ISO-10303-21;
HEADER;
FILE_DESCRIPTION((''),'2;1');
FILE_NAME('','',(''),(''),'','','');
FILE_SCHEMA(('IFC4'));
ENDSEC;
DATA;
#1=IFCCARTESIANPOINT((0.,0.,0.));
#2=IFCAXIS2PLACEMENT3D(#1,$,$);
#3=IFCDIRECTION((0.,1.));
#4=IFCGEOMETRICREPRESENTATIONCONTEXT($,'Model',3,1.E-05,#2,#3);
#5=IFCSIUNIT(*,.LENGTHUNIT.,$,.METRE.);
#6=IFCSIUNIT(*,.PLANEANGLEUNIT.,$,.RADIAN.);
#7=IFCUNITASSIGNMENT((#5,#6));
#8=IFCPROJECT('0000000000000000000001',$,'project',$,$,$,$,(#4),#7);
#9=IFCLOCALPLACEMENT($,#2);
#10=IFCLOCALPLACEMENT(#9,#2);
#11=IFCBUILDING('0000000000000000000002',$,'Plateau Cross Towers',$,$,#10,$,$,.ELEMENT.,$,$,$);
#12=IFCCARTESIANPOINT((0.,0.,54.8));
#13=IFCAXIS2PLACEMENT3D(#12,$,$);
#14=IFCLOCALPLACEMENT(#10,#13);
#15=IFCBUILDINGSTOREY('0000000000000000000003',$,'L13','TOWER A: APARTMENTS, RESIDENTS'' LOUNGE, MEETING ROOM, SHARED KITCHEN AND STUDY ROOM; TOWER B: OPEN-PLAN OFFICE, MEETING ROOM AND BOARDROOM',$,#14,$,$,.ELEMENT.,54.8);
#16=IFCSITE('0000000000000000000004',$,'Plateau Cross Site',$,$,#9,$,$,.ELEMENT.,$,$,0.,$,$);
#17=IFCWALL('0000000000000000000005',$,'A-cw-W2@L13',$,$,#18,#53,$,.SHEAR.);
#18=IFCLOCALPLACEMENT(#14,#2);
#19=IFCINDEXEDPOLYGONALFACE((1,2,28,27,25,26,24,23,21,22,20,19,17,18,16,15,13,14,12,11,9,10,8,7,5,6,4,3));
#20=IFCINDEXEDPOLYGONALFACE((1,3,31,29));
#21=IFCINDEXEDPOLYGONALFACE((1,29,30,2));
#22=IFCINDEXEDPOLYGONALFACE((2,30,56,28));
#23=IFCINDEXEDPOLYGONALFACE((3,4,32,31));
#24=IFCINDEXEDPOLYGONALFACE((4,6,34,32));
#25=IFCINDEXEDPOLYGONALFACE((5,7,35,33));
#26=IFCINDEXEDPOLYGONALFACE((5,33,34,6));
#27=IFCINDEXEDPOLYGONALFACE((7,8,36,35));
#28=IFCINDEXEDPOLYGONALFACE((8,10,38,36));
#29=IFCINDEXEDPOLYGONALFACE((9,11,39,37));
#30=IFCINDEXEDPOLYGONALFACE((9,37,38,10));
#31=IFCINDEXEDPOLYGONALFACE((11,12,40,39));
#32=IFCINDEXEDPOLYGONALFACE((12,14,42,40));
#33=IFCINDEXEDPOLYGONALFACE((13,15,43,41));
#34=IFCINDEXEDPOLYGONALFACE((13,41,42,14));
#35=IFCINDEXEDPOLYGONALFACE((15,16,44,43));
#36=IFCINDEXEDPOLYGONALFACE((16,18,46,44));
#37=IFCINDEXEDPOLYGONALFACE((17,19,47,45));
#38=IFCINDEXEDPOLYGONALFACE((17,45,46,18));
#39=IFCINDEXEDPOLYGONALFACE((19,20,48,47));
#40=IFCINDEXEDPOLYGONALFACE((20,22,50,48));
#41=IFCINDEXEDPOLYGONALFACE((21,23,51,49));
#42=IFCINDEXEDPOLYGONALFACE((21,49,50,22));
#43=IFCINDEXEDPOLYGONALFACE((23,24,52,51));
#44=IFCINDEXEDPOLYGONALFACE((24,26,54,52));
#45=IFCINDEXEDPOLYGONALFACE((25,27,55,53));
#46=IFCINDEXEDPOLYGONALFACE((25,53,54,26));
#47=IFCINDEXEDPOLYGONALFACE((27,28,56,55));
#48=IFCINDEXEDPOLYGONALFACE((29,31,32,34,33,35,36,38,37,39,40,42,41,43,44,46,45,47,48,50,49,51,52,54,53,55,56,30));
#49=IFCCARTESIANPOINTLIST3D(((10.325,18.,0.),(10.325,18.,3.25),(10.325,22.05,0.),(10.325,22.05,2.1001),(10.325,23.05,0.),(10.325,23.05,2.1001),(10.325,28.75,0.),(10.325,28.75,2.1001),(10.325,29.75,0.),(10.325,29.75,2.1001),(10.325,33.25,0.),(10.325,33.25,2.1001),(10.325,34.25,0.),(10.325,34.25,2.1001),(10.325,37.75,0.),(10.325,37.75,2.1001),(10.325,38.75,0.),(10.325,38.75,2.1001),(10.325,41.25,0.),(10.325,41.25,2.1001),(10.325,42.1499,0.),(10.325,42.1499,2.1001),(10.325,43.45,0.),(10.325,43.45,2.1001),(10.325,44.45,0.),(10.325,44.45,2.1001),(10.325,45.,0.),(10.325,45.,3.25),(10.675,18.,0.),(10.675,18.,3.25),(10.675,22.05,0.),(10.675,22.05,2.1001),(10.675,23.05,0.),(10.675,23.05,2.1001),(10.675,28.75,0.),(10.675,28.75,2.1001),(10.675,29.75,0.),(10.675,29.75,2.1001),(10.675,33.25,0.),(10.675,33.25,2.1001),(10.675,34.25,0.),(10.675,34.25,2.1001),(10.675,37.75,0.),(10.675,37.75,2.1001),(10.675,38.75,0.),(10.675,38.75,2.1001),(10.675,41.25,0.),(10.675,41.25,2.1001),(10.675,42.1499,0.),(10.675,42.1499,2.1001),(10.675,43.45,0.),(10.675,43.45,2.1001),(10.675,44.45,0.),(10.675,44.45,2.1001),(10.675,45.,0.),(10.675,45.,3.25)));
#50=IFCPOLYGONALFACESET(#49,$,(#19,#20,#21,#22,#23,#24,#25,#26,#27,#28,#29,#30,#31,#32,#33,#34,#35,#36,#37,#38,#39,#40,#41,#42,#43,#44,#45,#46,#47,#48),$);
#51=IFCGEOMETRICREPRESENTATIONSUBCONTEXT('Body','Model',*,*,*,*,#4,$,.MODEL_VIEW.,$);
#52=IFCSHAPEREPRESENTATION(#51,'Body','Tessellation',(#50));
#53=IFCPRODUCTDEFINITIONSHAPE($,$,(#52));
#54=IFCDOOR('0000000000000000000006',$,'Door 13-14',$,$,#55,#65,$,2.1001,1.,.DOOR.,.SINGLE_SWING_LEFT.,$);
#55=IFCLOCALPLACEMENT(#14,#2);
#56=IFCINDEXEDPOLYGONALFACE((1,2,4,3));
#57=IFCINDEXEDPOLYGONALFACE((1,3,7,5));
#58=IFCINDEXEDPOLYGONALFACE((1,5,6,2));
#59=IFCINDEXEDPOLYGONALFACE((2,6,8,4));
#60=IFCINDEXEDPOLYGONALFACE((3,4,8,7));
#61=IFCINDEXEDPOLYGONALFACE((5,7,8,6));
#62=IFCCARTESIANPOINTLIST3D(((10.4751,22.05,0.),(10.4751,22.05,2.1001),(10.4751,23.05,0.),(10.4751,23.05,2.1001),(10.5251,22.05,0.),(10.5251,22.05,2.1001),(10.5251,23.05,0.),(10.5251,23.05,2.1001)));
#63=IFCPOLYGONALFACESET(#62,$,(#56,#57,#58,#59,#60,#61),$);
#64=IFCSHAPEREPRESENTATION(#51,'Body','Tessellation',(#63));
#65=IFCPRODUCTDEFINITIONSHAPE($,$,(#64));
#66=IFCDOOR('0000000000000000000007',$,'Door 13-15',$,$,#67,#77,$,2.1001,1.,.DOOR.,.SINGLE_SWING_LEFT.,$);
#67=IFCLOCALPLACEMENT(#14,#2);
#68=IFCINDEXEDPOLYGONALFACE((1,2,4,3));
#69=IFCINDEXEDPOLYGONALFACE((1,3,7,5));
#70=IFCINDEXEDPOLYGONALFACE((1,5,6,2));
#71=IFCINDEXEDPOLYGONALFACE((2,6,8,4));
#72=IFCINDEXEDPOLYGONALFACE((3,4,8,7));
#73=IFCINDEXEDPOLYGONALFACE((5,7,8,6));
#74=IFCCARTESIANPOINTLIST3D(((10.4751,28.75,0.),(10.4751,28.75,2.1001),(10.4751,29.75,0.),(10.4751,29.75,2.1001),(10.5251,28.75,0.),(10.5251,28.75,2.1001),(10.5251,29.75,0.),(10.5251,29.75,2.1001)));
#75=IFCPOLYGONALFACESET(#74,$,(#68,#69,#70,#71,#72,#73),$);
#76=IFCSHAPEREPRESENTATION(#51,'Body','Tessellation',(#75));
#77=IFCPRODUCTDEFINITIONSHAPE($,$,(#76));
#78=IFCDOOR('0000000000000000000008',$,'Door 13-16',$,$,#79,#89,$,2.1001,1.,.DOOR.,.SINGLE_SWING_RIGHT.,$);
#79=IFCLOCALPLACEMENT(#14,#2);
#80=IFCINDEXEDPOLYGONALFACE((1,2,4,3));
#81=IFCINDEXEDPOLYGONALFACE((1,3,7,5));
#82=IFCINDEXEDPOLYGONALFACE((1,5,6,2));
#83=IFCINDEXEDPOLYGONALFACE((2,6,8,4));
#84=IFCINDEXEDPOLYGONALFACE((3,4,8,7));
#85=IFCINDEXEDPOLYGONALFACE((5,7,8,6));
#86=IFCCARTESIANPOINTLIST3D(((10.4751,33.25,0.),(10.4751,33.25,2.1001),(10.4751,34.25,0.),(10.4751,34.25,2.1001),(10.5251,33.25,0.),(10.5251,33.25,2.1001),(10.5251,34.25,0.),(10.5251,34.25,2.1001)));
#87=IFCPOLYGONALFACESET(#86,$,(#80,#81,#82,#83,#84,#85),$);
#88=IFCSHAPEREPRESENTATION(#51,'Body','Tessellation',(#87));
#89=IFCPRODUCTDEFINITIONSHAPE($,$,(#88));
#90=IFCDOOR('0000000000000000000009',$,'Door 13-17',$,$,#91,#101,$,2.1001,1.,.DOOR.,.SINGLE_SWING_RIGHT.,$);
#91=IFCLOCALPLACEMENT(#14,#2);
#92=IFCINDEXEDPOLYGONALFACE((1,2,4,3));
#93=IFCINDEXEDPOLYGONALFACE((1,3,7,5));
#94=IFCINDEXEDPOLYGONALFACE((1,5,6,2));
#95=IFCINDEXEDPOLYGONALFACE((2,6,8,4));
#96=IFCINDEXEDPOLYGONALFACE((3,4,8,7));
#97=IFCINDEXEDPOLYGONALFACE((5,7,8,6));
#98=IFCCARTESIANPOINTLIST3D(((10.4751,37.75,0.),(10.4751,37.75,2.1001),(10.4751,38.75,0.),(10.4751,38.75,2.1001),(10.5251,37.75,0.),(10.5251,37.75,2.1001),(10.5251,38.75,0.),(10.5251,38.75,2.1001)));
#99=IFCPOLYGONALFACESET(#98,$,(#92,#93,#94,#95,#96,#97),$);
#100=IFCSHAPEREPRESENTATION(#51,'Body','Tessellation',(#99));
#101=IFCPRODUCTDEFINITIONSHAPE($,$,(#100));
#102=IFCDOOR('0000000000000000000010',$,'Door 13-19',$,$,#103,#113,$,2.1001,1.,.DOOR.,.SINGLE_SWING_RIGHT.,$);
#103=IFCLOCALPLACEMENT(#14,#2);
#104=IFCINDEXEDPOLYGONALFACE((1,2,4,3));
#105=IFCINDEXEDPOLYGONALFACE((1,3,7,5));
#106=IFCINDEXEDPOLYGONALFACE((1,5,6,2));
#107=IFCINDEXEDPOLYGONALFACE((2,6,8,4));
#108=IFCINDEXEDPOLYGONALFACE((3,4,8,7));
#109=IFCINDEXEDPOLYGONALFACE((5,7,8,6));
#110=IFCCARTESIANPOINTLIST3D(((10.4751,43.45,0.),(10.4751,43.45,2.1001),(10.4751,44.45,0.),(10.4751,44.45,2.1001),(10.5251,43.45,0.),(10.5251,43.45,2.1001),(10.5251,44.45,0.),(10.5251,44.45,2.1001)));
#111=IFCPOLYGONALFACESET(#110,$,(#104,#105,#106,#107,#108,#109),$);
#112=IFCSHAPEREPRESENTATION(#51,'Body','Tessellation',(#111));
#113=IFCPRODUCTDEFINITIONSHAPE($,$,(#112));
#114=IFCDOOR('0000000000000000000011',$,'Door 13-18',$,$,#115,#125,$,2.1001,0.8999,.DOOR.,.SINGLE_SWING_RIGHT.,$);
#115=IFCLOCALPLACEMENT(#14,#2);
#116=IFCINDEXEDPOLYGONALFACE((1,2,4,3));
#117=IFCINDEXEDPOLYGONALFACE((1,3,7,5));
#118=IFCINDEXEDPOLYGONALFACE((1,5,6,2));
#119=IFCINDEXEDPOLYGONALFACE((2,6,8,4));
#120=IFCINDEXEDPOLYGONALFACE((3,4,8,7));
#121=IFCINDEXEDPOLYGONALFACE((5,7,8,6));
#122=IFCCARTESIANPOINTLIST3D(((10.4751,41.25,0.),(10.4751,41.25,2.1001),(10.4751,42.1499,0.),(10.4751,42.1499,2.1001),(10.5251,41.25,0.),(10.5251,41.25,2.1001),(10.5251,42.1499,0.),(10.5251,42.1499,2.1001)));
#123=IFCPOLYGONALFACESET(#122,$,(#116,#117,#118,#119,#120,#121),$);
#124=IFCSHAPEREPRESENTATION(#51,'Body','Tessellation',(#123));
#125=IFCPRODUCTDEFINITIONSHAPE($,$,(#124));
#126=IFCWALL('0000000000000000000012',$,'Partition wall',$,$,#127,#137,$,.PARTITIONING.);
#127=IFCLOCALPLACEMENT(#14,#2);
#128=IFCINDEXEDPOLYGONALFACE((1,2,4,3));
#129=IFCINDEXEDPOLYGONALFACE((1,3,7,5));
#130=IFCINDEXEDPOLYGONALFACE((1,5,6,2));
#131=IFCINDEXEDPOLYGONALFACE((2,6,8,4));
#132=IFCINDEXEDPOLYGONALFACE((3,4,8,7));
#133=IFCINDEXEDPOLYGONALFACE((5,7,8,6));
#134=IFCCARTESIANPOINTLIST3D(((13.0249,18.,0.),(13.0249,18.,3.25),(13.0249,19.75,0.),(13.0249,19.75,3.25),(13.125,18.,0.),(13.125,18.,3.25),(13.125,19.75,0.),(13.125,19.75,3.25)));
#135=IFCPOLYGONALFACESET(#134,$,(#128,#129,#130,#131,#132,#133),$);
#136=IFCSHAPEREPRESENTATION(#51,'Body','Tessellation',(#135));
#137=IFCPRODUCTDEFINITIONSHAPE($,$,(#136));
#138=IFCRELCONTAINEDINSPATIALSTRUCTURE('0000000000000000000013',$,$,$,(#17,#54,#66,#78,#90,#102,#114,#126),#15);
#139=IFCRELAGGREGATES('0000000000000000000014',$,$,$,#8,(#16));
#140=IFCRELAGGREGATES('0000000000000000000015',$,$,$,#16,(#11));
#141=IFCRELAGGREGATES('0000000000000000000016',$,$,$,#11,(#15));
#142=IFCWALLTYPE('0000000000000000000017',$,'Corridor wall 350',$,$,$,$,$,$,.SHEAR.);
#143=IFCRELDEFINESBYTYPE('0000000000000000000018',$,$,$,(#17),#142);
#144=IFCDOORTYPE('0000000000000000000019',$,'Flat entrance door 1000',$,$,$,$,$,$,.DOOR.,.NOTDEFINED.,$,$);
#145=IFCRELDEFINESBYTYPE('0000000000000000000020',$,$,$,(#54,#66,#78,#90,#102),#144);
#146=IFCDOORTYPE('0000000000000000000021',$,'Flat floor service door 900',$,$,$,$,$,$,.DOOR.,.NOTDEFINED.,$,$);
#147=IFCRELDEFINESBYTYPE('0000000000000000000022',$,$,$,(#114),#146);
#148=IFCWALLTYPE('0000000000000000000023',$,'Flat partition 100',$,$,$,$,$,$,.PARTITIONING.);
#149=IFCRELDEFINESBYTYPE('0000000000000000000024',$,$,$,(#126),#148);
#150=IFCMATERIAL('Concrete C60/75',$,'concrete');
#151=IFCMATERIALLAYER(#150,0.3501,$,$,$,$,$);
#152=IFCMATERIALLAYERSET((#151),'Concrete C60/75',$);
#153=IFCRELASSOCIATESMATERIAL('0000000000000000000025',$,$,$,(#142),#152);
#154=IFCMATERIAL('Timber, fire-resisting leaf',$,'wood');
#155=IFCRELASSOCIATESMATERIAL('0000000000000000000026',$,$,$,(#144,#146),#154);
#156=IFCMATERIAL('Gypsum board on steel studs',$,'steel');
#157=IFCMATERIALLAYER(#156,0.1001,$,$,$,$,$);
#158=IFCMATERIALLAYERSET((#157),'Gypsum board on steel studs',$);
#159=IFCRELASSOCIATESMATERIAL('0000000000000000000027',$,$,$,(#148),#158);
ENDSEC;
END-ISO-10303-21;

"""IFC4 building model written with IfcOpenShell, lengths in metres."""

from ifc_helpers import new_model, si_unit, direction, frame, frame_2d, origin, place, context, subcontext, project, spatial, rectangle, extrude, material, layer, layer_set, type_object, element, fill, save


model = new_model("IFC4")

# Units and contexts
model_context = context("Model", 3, precision=1e-05, world=origin(), true_north=direction((0.0, 1.0)))
body_context = subcontext(model_context, "Body", "Model", "MODEL_VIEW")
ifc_project = project(units=[si_unit("LENGTHUNIT", "METRE"), si_unit("PLANEANGLEUNIT", "RADIAN")], contexts=[model_context])

# Site, building, storey
site_placement = place(None, origin())
site = spatial("IfcSite", under=ifc_project, at=site_placement, Name="Plateau Cross Site", CompositionType="ELEMENT", RefElevation=0.0)
building_placement = place(site_placement, origin())
building = spatial("IfcBuilding", under=site, at=building_placement, Name="Plateau Cross Towers", CompositionType="ELEMENT")
storey_placement = place(building_placement, frame((0.0, 0.0, 54.8)))
storey = spatial("IfcBuildingStorey", under=building, at=storey_placement, Name="L13", Description="TOWER A: APARTMENTS, RESIDENTS' LOUNGE, MEETING ROOM, SHARED KITCHEN AND STUDY ROOM; TOWER B: OPEN-PLAN OFFICE, MEETING ROOM AND BOARDROOM", CompositionType="ELEMENT", Elevation=54.8)

# Shared definitions
ifc_material_1 = material(Name="Concrete C60/75", Category="concrete")

# Wall, openings, doors
ifc_layer_1 = layer(ifc_material_1, 0.3501)
ifc_layer_set_1 = layer_set([ifc_layer_1], Name="Concrete C60/75")
wall_type_1 = type_object("IfcWallType", Name="Corridor wall 350", PredefinedType="SHEAR", material=ifc_layer_set_1)
ifc_material_2 = material(Name="Timber, fire-resisting leaf", Category="wood")
door_type_1 = type_object("IfcDoorType", Name="Flat entrance door 1000", OperationType="NOTDEFINED", PredefinedType="DOOR", material=ifc_material_2)
wall_1_placement = place(storey_placement, frame((10.5, 18.0, 0.0), z_axis=(0.0, 0.0, 1.0), x_axis=(0.0, 1.0, 0.0)))
wall_1 = element("IfcWall", 1, at=wall_1_placement, inside=storey, type_object=wall_type_1, Name="A-cw-W2@L13", PredefinedType="SHEAR", context=body_context, shape_type="SweptSolid", body=[
    extrude(rectangle(XDim=27.0, YDim=0.3501, at=frame_2d((13.5, 0.0))), origin(), (0.0, 0.0, 1.0), 3.25),
])
opening_1_placement = place(wall_1_placement, frame((4.05, 0.0, 0.0)))
opening_1 = element("IfcOpeningElement", 2, at=opening_1_placement, cuts=wall_1, PredefinedType="OPENING", context=body_context, shape_type="SweptSolid", body=[
    extrude(rectangle(XDim=1.0, YDim=2.1001, at=frame_2d((0.5, 1.05))), frame((0.0, 0.1851, 0.0), z_axis=(0.0, -1.0, 0.0), x_axis=(1.0, 0.0, 0.0)), (0.0, 0.0, 1.0), 0.3701),
])
opening_2_placement = place(wall_1_placement, frame((10.75, 0.0, 0.0)))
opening_2 = element("IfcOpeningElement", 3, at=opening_2_placement, cuts=wall_1, PredefinedType="OPENING", context=body_context, shape_type="SweptSolid", body=[
    extrude(rectangle(XDim=1.0, YDim=2.1001, at=frame_2d((0.5, 1.05))), frame((0.0, 0.1851, 0.0), z_axis=(0.0, -1.0, 0.0), x_axis=(1.0, 0.0, 0.0)), (0.0, 0.0, 1.0), 0.3701),
])
opening_3_placement = place(wall_1_placement, frame((15.25, 0.0, 0.0)))
opening_3 = element("IfcOpeningElement", 4, at=opening_3_placement, cuts=wall_1, PredefinedType="OPENING", context=body_context, shape_type="SweptSolid", body=[
    extrude(rectangle(XDim=1.0, YDim=2.1001, at=frame_2d((0.5, 1.05))), frame((0.0, 0.1851, 0.0), z_axis=(0.0, -1.0, 0.0), x_axis=(1.0, 0.0, 0.0)), (0.0, 0.0, 1.0), 0.3701),
])
opening_4_placement = place(wall_1_placement, frame((19.75, 0.0, 0.0)))
opening_4 = element("IfcOpeningElement", 5, at=opening_4_placement, cuts=wall_1, PredefinedType="OPENING", context=body_context, shape_type="SweptSolid", body=[
    extrude(rectangle(XDim=1.0, YDim=2.1001, at=frame_2d((0.5, 1.05))), frame((0.0, 0.1851, 0.0), z_axis=(0.0, -1.0, 0.0), x_axis=(1.0, 0.0, 0.0)), (0.0, 0.0, 1.0), 0.3701),
])
opening_5_placement = place(wall_1_placement, frame((23.25, 0.0, 0.0)))
opening_5 = element("IfcOpeningElement", 6, at=opening_5_placement, cuts=wall_1, PredefinedType="OPENING", context=body_context, shape_type="SweptSolid", body=[
    extrude(rectangle(XDim=0.8999, YDim=2.1001, at=frame_2d((0.45, 1.05))), frame((0.0, 0.1851, 0.0), z_axis=(0.0, -1.0, 0.0), x_axis=(1.0, 0.0, 0.0)), (0.0, 0.0, 1.0), 0.3701),
])
opening_6_placement = place(wall_1_placement, frame((25.45, 0.0, 0.0)))
opening_6 = element("IfcOpeningElement", 7, at=opening_6_placement, cuts=wall_1, PredefinedType="OPENING", context=body_context, shape_type="SweptSolid", body=[
    extrude(rectangle(XDim=1.0, YDim=2.1001, at=frame_2d((0.5, 1.05))), frame((0.0, 0.1851, 0.0), z_axis=(0.0, -1.0, 0.0), x_axis=(1.0, 0.0, 0.0)), (0.0, 0.0, 1.0), 0.3701),
])
door_1_placement = place(opening_1_placement, origin())
door_1 = element("IfcDoor", 8, at=door_1_placement, inside=storey, type_object=door_type_1, Name="Door 13-14", OperationType="SINGLE_SWING_LEFT", OverallHeight=2.1001, OverallWidth=1.0, PredefinedType="DOOR", context=body_context, shape_type="SweptSolid", body=[
    extrude(rectangle(XDim=1.0, YDim=2.1001, at=frame_2d((0.5, 1.05))), frame((0.0, 0.0249, 0.0), z_axis=(0.0, -1.0, 0.0), x_axis=(1.0, 0.0, 0.0)), (0.0, 0.0, 1.0), 0.05),
])
fill(opening_1, door_1)
door_2_placement = place(opening_2_placement, origin())
door_2 = element("IfcDoor", 9, at=door_2_placement, inside=storey, type_object=door_type_1, Name="Door 13-15", OperationType="SINGLE_SWING_LEFT", OverallHeight=2.1001, OverallWidth=1.0, PredefinedType="DOOR", context=body_context, shape_type="SweptSolid", body=[
    extrude(rectangle(XDim=1.0, YDim=2.1001, at=frame_2d((0.5, 1.05))), frame((0.0, 0.0249, 0.0), z_axis=(0.0, -1.0, 0.0), x_axis=(1.0, 0.0, 0.0)), (0.0, 0.0, 1.0), 0.05),
])
fill(opening_2, door_2)
door_3_placement = place(opening_3_placement, origin())
door_3 = element("IfcDoor", 10, at=door_3_placement, inside=storey, type_object=door_type_1, Name="Door 13-16", OperationType="SINGLE_SWING_RIGHT", OverallHeight=2.1001, OverallWidth=1.0, PredefinedType="DOOR", context=body_context, shape_type="SweptSolid", body=[
    extrude(rectangle(XDim=1.0, YDim=2.1001, at=frame_2d((0.5, 1.05))), frame((0.0, 0.0249, 0.0), z_axis=(0.0, -1.0, 0.0), x_axis=(1.0, 0.0, 0.0)), (0.0, 0.0, 1.0), 0.05),
])
fill(opening_3, door_3)
door_4_placement = place(opening_4_placement, origin())
door_4 = element("IfcDoor", 11, at=door_4_placement, inside=storey, type_object=door_type_1, Name="Door 13-17", OperationType="SINGLE_SWING_RIGHT", OverallHeight=2.1001, OverallWidth=1.0, PredefinedType="DOOR", context=body_context, shape_type="SweptSolid", body=[
    extrude(rectangle(XDim=1.0, YDim=2.1001, at=frame_2d((0.5, 1.05))), frame((0.0, 0.0249, 0.0), z_axis=(0.0, -1.0, 0.0), x_axis=(1.0, 0.0, 0.0)), (0.0, 0.0, 1.0), 0.05),
])
fill(opening_4, door_4)
door_5_placement = place(opening_6_placement, origin())
door_5 = element("IfcDoor", 12, at=door_5_placement, inside=storey, type_object=door_type_1, Name="Door 13-19", OperationType="SINGLE_SWING_RIGHT", OverallHeight=2.1001, OverallWidth=1.0, PredefinedType="DOOR", context=body_context, shape_type="SweptSolid", body=[
    extrude(rectangle(XDim=1.0, YDim=2.1001, at=frame_2d((0.5, 1.05))), frame((0.0, 0.0249, 0.0), z_axis=(0.0, -1.0, 0.0), x_axis=(1.0, 0.0, 0.0)), (0.0, 0.0, 1.0), 0.05),
])
fill(opening_6, door_5)
door_type_2 = type_object("IfcDoorType", Name="Flat floor service door 900", OperationType="NOTDEFINED", PredefinedType="DOOR", material=ifc_material_2)
door_6_placement = place(opening_5_placement, origin())
door_6 = element("IfcDoor", 13, at=door_6_placement, inside=storey, type_object=door_type_2, Name="Door 13-18", OperationType="SINGLE_SWING_RIGHT", OverallHeight=2.1001, OverallWidth=0.8999, PredefinedType="DOOR", context=body_context, shape_type="SweptSolid", body=[
    extrude(rectangle(XDim=0.8999, YDim=2.1001, at=frame_2d((0.45, 1.05))), frame((0.0, 0.0249, 0.0), z_axis=(0.0, -1.0, 0.0), x_axis=(1.0, 0.0, 0.0)), (0.0, 0.0, 1.0), 0.05),
])
fill(opening_5, door_6)

# Wall
ifc_material_3 = material(Name="Gypsum board on steel studs", Category="steel")
ifc_layer_2 = layer(ifc_material_3, 0.1001)
ifc_layer_set_2 = layer_set([ifc_layer_2], Name="Gypsum board on steel studs")
wall_type_2 = type_object("IfcWallType", Name="Flat partition 100", PredefinedType="PARTITIONING", material=ifc_layer_set_2)
wall_2_placement = place(storey_placement, frame((13.075, 18.0, 0.0), z_axis=(0.0, 0.0, 1.0), x_axis=(0.0, 1.0, 0.0)))
element("IfcWall", 14, at=wall_2_placement, inside=storey, type_object=wall_type_2, Name="Partition wall", PredefinedType="PARTITIONING", context=body_context, shape_type="SweptSolid", body=[
    extrude(rectangle(XDim=1.75, YDim=0.1001, at=frame_2d((0.875, 0.0))), origin(), (0.0, 0.0, 1.0), 3.25),
])

save(model, "model.ifc")
